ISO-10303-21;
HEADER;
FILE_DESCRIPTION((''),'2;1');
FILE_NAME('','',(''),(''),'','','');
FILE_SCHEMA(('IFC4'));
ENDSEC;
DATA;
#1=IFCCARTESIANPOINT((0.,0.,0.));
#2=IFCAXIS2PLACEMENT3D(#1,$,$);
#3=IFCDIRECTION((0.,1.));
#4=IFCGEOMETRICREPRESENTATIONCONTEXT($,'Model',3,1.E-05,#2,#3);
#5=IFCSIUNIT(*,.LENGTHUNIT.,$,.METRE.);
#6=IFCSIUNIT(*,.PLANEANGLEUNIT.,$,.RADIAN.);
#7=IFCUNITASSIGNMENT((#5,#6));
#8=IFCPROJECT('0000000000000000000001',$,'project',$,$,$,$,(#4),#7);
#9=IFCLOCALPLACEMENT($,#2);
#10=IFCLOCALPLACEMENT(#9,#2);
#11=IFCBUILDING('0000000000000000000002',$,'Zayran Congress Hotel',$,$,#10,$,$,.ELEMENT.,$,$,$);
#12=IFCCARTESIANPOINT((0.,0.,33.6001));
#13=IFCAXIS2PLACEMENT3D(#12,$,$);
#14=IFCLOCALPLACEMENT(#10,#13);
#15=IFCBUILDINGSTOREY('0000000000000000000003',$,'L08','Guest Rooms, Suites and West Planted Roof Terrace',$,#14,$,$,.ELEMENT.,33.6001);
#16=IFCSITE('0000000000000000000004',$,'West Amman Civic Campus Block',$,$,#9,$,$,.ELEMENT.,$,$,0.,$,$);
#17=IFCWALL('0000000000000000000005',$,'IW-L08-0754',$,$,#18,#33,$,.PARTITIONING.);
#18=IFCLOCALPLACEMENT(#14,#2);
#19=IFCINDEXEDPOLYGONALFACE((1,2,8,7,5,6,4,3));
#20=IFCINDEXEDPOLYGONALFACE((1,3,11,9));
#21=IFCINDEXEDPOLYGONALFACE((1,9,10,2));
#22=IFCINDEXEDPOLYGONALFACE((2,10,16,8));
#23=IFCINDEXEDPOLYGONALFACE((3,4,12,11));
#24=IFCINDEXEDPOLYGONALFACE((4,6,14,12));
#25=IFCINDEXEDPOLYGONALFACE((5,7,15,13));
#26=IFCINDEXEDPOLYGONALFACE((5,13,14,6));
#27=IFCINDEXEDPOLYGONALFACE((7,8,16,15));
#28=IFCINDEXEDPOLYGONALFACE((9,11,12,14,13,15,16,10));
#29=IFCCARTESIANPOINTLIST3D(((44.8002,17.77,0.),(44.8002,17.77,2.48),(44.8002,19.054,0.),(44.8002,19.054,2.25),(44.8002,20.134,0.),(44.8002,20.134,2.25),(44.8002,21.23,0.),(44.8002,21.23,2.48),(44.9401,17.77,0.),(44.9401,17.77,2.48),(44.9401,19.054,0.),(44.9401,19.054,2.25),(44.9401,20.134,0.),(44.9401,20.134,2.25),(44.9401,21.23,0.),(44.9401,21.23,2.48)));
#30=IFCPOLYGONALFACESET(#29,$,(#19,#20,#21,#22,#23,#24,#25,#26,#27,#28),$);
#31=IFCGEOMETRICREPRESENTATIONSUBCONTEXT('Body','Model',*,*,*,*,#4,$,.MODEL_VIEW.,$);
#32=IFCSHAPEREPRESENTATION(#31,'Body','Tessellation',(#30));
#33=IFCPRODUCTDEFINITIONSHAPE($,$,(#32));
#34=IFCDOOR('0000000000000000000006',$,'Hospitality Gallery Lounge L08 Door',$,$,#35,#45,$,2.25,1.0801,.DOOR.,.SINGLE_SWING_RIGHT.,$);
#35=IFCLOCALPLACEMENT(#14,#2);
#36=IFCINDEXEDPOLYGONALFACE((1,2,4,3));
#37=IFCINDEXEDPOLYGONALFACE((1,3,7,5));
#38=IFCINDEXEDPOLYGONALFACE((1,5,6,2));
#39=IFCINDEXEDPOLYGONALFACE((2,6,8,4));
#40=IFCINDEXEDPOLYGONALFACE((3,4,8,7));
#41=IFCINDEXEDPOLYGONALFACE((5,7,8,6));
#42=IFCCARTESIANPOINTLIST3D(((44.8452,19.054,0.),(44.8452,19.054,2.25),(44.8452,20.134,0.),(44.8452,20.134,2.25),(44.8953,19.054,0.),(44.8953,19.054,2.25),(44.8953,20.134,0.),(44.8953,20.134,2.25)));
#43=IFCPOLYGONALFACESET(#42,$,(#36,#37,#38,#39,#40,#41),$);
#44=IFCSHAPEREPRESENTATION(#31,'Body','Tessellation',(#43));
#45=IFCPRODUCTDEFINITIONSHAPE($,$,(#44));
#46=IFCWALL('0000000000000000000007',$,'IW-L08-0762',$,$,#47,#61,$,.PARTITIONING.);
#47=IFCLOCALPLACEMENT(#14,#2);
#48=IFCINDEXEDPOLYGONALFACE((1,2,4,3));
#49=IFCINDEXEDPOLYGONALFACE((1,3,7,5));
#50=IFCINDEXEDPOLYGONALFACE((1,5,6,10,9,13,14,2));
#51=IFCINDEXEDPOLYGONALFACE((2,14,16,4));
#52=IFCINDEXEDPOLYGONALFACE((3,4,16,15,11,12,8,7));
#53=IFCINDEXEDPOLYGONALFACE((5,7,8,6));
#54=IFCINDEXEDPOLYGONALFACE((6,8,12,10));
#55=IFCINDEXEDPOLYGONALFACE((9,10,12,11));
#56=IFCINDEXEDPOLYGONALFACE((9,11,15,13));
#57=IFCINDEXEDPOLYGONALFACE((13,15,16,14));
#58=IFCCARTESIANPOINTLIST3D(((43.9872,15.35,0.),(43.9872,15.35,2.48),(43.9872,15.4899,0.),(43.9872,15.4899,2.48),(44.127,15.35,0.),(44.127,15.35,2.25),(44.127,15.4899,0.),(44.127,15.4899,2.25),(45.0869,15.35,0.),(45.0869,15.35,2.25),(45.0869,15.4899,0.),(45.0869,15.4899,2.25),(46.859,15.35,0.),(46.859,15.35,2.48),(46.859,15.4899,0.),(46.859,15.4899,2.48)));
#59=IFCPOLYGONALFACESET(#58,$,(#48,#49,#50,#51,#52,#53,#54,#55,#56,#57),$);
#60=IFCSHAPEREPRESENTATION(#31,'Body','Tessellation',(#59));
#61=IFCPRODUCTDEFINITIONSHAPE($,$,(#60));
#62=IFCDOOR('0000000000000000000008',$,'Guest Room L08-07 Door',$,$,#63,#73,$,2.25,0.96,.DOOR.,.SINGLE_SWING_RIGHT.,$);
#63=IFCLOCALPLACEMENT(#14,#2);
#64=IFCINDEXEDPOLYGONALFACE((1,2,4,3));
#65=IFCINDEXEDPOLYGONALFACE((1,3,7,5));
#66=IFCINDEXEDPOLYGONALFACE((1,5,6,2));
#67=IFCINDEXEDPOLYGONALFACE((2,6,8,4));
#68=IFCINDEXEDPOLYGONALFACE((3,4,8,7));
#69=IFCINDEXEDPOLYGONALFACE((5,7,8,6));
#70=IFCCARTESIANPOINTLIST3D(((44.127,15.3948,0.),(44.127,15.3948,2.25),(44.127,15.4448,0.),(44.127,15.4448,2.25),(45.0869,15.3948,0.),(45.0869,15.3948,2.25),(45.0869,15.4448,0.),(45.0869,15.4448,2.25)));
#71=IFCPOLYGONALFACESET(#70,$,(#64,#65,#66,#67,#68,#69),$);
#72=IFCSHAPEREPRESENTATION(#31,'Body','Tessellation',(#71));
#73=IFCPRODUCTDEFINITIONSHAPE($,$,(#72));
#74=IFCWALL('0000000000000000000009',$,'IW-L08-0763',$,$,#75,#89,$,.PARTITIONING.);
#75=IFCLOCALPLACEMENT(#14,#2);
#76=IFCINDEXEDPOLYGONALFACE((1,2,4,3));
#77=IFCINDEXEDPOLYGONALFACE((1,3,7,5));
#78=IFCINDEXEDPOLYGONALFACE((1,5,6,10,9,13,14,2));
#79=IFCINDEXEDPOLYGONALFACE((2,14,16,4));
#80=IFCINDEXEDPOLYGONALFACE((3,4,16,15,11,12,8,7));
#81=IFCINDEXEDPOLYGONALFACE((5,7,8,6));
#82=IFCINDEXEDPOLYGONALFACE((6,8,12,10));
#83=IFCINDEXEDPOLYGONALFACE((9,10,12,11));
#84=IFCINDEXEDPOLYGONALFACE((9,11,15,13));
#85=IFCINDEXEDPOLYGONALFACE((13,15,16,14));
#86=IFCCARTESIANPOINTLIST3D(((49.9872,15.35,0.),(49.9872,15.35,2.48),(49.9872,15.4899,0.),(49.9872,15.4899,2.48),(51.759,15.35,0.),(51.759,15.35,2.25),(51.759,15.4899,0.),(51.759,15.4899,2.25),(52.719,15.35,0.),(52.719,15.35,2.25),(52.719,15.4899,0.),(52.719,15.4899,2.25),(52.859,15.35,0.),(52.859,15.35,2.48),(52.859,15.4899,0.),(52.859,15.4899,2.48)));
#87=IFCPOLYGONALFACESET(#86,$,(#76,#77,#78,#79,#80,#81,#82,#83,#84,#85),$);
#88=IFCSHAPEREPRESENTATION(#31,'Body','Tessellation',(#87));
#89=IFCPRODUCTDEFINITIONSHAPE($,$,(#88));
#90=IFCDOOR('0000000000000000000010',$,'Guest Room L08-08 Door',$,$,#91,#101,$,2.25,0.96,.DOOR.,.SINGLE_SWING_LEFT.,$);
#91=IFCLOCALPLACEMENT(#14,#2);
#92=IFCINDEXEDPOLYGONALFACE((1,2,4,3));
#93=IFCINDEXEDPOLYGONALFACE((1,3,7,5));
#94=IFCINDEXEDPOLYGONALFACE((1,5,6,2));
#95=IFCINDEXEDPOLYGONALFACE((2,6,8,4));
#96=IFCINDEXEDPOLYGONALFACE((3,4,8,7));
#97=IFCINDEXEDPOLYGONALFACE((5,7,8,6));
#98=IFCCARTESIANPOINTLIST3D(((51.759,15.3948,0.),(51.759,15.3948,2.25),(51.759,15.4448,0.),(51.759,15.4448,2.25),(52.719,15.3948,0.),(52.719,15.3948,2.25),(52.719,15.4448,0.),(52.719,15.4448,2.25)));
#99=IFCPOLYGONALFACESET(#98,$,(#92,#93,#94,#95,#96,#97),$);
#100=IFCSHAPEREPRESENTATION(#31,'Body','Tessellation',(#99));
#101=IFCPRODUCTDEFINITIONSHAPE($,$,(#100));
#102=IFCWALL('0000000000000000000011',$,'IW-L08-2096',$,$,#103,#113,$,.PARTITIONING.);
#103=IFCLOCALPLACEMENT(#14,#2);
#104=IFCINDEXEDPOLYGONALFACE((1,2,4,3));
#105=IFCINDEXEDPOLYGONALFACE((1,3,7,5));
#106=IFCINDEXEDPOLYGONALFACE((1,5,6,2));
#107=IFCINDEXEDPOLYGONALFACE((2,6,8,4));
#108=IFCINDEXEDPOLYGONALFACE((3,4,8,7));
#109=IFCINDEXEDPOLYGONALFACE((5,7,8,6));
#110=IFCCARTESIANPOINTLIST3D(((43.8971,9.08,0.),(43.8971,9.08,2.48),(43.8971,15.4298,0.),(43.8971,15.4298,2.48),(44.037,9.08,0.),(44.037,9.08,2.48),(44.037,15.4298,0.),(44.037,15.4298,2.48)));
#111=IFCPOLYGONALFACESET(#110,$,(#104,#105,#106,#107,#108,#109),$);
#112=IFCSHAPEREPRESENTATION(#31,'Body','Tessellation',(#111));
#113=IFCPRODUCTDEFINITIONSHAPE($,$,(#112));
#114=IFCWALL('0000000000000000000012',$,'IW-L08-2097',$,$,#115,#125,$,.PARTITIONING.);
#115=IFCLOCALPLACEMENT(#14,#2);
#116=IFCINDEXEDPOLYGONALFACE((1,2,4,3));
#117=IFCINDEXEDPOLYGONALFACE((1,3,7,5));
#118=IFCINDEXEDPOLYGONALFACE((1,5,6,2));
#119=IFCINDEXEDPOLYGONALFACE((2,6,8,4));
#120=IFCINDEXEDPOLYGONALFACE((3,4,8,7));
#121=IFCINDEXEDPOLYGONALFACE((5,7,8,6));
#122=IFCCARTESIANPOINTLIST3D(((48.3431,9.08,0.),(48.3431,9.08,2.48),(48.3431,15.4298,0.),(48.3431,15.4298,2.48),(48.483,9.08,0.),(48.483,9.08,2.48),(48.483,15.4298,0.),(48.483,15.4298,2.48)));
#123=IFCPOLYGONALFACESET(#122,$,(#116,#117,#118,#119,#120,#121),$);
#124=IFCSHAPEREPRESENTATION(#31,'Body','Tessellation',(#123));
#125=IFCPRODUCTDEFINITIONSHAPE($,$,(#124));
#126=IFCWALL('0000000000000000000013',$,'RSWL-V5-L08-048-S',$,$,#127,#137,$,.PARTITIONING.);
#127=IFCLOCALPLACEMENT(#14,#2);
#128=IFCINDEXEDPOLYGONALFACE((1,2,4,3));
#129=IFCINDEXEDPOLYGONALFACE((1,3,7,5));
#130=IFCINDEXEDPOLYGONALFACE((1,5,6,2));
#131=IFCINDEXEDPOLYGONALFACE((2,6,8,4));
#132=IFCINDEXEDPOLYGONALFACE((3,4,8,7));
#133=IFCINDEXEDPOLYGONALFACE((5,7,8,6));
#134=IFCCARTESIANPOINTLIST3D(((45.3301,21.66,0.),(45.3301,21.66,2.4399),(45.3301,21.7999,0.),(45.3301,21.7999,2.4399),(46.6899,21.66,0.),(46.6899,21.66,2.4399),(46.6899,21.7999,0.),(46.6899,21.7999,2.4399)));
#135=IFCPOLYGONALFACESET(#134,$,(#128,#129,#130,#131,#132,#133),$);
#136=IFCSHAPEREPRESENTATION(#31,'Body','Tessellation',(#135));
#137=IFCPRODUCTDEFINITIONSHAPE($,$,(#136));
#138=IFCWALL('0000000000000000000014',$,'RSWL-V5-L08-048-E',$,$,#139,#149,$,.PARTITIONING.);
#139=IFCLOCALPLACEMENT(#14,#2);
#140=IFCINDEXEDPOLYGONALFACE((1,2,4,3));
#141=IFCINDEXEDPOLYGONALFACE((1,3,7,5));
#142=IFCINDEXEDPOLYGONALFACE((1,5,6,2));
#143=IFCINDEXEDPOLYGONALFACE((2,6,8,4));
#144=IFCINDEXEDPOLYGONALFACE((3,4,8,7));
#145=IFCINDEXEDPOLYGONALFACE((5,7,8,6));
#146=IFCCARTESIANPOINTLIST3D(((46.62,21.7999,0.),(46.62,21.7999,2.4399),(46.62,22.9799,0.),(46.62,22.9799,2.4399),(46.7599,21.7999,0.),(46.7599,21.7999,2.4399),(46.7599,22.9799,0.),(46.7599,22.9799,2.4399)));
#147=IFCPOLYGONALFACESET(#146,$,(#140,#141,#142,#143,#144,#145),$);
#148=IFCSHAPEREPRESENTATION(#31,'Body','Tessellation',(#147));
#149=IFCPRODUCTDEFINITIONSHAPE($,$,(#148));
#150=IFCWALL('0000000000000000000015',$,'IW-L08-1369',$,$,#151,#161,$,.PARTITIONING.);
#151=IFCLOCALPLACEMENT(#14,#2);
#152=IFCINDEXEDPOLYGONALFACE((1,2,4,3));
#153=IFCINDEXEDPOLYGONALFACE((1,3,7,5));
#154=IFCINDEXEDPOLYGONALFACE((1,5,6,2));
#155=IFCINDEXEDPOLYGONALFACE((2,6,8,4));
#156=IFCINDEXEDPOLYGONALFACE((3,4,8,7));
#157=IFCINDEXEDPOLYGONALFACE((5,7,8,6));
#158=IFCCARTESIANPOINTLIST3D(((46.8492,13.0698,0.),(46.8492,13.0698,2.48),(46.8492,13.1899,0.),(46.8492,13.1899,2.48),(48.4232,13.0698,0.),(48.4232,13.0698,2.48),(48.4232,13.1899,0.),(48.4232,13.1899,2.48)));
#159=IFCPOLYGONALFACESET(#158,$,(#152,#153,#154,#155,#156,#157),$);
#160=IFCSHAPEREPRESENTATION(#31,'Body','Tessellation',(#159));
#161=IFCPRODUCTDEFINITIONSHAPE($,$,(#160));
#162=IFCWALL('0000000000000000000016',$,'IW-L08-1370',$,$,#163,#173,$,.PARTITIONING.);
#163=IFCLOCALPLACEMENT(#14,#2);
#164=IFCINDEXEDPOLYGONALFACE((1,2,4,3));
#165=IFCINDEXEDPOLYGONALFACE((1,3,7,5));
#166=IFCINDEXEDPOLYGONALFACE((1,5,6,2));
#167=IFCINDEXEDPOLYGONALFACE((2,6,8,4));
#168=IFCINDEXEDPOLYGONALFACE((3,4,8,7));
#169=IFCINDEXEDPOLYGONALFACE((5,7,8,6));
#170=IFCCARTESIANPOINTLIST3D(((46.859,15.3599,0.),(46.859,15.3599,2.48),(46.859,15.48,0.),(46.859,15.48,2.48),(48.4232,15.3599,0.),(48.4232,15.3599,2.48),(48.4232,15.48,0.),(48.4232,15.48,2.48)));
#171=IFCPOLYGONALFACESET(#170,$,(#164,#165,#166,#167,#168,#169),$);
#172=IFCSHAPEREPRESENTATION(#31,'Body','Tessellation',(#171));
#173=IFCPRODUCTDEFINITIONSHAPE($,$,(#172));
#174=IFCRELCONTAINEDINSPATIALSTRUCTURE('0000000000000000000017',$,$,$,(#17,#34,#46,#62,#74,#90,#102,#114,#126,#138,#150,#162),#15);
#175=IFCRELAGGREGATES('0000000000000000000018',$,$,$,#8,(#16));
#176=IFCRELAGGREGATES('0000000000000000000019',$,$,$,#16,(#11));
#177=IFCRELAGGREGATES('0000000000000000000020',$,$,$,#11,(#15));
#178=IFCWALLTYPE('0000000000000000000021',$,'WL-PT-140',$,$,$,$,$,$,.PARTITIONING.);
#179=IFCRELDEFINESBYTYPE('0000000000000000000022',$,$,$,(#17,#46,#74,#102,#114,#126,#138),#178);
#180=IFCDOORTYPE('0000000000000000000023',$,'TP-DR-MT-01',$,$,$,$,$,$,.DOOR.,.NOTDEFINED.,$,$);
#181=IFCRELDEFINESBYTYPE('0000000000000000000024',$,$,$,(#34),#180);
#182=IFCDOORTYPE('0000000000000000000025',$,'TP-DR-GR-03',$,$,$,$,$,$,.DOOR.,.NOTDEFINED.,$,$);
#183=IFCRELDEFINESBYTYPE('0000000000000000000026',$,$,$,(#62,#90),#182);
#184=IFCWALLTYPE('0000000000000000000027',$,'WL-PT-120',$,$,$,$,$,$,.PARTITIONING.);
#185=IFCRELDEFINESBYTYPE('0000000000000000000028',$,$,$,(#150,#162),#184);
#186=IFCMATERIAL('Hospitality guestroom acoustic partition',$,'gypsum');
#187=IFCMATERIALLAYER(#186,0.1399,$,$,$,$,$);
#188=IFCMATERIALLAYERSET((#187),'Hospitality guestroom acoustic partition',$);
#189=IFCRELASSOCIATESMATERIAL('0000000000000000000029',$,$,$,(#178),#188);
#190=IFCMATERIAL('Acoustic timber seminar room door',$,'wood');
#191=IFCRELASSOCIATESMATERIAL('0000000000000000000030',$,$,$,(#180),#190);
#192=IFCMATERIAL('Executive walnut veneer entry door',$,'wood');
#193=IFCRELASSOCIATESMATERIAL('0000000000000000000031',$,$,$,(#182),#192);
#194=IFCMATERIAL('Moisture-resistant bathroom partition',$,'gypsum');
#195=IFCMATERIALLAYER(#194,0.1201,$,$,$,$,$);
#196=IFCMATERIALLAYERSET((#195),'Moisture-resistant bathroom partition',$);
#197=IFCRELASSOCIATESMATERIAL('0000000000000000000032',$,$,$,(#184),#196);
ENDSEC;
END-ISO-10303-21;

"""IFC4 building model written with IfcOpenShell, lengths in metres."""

from ifc_helpers import new_model, si_unit, direction, frame, frame_2d, origin, place, context, subcontext, project, spatial, rectangle, extrude, material, layer, layer_set, type_object, element, fill, save


model = new_model("IFC4")

# Units and contexts
model_context = context("Model", 3, precision=1e-05, world=origin(), true_north=direction((0.0, 1.0)))
body_context = subcontext(model_context, "Body", "Model", "MODEL_VIEW")
ifc_project = project(units=[si_unit("LENGTHUNIT", "METRE"), si_unit("PLANEANGLEUNIT", "RADIAN")], contexts=[model_context])

# Site, building, storey
site_placement = place(None, origin())
site = spatial("IfcSite", under=ifc_project, at=site_placement, Name="West Amman Civic Campus Block", CompositionType="ELEMENT", RefElevation=0.0)
building_placement = place(site_placement, origin())
building = spatial("IfcBuilding", under=site, at=building_placement, Name="Zayran Congress Hotel", CompositionType="ELEMENT")
storey_placement = place(building_placement, frame((0.0, 0.0, 33.6001)))
storey = spatial("IfcBuildingStorey", under=building, at=storey_placement, Name="L08", Description="Guest Rooms, Suites and West Planted Roof Terrace", CompositionType="ELEMENT", Elevation=33.6001)

# Shared definitions
ifc_material_1 = material(Name="Hospitality guestroom acoustic partition", Category="gypsum")
ifc_layer_1 = layer(ifc_material_1, 0.1399)
ifc_layer_set_1 = layer_set([ifc_layer_1], Name="Hospitality guestroom acoustic partition")
wall_type_1 = type_object("IfcWallType", Name="WL-PT-140", PredefinedType="PARTITIONING", material=ifc_layer_set_1)

# Walls, openings, doors
wall_1_placement = place(storey_placement, frame((44.8701, 17.77, 0.0), z_axis=(0.0, 0.0, 1.0), x_axis=(0.0, 1.0, 0.0)))
wall_1 = element("IfcWall", 1, at=wall_1_placement, inside=storey, type_object=wall_type_1, Name="IW-L08-0754", PredefinedType="PARTITIONING", context=body_context, shape_type="SweptSolid", body=[
    extrude(rectangle(XDim=3.46, YDim=0.1399, at=frame_2d((1.73, 0.0))), origin(), (0.0, 0.0, 1.0), 2.48),
])
opening_1_placement = place(wall_1_placement, frame((1.2839, 0.0, 0.0)))
opening_1 = element("IfcOpeningElement", 2, at=opening_1_placement, cuts=wall_1, PredefinedType="OPENING", context=body_context, shape_type="SweptSolid", body=[
    extrude(rectangle(XDim=1.0801, YDim=2.25, at=frame_2d((0.54, 1.125))), frame((0.0, 0.0798, 0.0), z_axis=(0.0, -1.0, 0.0), x_axis=(1.0, 0.0, 0.0)), (0.0, 0.0, 1.0), 0.1599),
])
ifc_material_2 = material(Name="Acoustic timber seminar room door", Category="wood")
door_type_1 = type_object("IfcDoorType", Name="TP-DR-MT-01", OperationType="NOTDEFINED", PredefinedType="DOOR", material=ifc_material_2)
door_1_placement = place(opening_1_placement, origin())
door_1 = element("IfcDoor", 3, at=door_1_placement, inside=storey, type_object=door_type_1, Name="Hospitality Gallery Lounge L08 Door", OperationType="SINGLE_SWING_RIGHT", OverallHeight=2.25, OverallWidth=1.0801, PredefinedType="DOOR", context=body_context, shape_type="SweptSolid", body=[
    extrude(rectangle(XDim=1.0801, YDim=2.25, at=frame_2d((0.54, 1.125))), frame((0.0, 0.0249, 0.0), z_axis=(0.0, -1.0, 0.0), x_axis=(1.0, 0.0, 0.0)), (0.0, 0.0, 1.0), 0.05),
])
fill(opening_1, door_1)
wall_2_placement = place(storey_placement, frame((43.9871, 15.4199, 0.0), z_axis=(0.0, 0.0, 1.0), x_axis=(1.0, 0.0, 0.0)))
wall_2 = element("IfcWall", 4, at=wall_2_placement, inside=storey, type_object=wall_type_1, Name="IW-L08-0762", PredefinedType="PARTITIONING", context=body_context, shape_type="SweptSolid", body=[
    extrude(rectangle(XDim=2.8718, YDim=0.1399, at=frame_2d((1.436, 0.0))), origin(), (0.0, 0.0, 1.0), 2.48),
])
opening_2_placement = place(wall_2_placement, frame((0.1399, 0.0, 0.0)))
opening_2 = element("IfcOpeningElement", 5, at=opening_2_placement, cuts=wall_2, PredefinedType="OPENING", context=body_context, shape_type="SweptSolid", body=[
    extrude(rectangle(XDim=0.96, YDim=2.25, at=frame_2d((0.48, 1.125))), frame((0.0, 0.0798, 0.0), z_axis=(0.0, -1.0, 0.0), x_axis=(1.0, 0.0, 0.0)), (0.0, 0.0, 1.0), 0.1599),
])
ifc_material_3 = material(Name="Executive walnut veneer entry door", Category="wood")
door_type_2 = type_object("IfcDoorType", Name="TP-DR-GR-03", OperationType="NOTDEFINED", PredefinedType="DOOR", material=ifc_material_3)
door_2_placement = place(opening_2_placement, origin())
door_2 = element("IfcDoor", 6, at=door_2_placement, inside=storey, type_object=door_type_2, Name="Guest Room L08-07 Door", OperationType="SINGLE_SWING_RIGHT", OverallHeight=2.25, OverallWidth=0.96, PredefinedType="DOOR", context=body_context, shape_type="SweptSolid", body=[
    extrude(rectangle(XDim=0.96, YDim=2.25, at=frame_2d((0.48, 1.125))), frame((0.0, 0.0249, 0.0), z_axis=(0.0, -1.0, 0.0), x_axis=(1.0, 0.0, 0.0)), (0.0, 0.0, 1.0), 0.05),
])
fill(opening_2, door_2)
wall_3_placement = place(storey_placement, frame((49.9871, 15.4199, 0.0), z_axis=(0.0, 0.0, 1.0), x_axis=(1.0, 0.0, 0.0)))
wall_3 = element("IfcWall", 7, at=wall_3_placement, inside=storey, type_object=wall_type_1, Name="IW-L08-0763", PredefinedType="PARTITIONING", context=body_context, shape_type="SweptSolid", body=[
    extrude(rectangle(XDim=2.8718, YDim=0.1399, at=frame_2d((1.436, 0.0))), origin(), (0.0, 0.0, 1.0), 2.48),
])
opening_3_placement = place(wall_3_placement, frame((1.772, 0.0, 0.0)))
opening_3 = element("IfcOpeningElement", 8, at=opening_3_placement, cuts=wall_3, PredefinedType="OPENING", context=body_context, shape_type="SweptSolid", body=[
    extrude(rectangle(XDim=0.96, YDim=2.25, at=frame_2d((0.48, 1.125))), frame((0.0, 0.0798, 0.0), z_axis=(0.0, -1.0, 0.0), x_axis=(1.0, 0.0, 0.0)), (0.0, 0.0, 1.0), 0.1599),
])
door_3_placement = place(opening_3_placement, origin())
door_3 = element("IfcDoor", 9, at=door_3_placement, inside=storey, type_object=door_type_2, Name="Guest Room L08-08 Door", OperationType="SINGLE_SWING_LEFT", OverallHeight=2.25, OverallWidth=0.96, PredefinedType="DOOR", context=body_context, shape_type="SweptSolid", body=[
    extrude(rectangle(XDim=0.96, YDim=2.25, at=frame_2d((0.48, 1.125))), frame((0.0, 0.0249, 0.0), z_axis=(0.0, -1.0, 0.0), x_axis=(1.0, 0.0, 0.0)), (0.0, 0.0, 1.0), 0.05),
])
fill(opening_3, door_3)

# Walls
for number, where, z_axis, x_axis, name in (
    (10, (43.967, 9.0801, 0.0), (0.0, 0.0, 1.0), (0.0, 1.0, 0.0), "IW-L08-2096"),
    (11, (48.4131, 9.0801, 0.0), (0.0, 0.0, 1.0), (0.0, 1.0, 0.0), "IW-L08-2097"),
):
    element("IfcWall", number, at=place(storey_placement, frame(where, z_axis=z_axis, x_axis=x_axis)), inside=storey, type_object=wall_type_1, Name=name, PredefinedType="PARTITIONING", context=body_context, shape_type="SweptSolid", body=[
        extrude(rectangle(XDim=6.3499, YDim=0.1399, at=frame_2d((3.1748, 0.0))), origin(), (0.0, 0.0, 1.0), 2.48),
    ])
wall_4_placement = place(storey_placement, frame((45.3301, 21.73, 0.0), z_axis=(0.0, 0.0, 1.0), x_axis=(1.0, 0.0, 0.0)))
element("IfcWall", 12, at=wall_4_placement, inside=storey, type_object=wall_type_1, Name="RSWL-V5-L08-048-S", PredefinedType="PARTITIONING", context=body_context, shape_type="SweptSolid", body=[
    extrude(rectangle(XDim=1.3599, YDim=0.1399, at=frame_2d((0.6799, 0.0))), origin(), (0.0, 0.0, 1.0), 2.4399),
])
wall_5_placement = place(storey_placement, frame((46.6899, 21.8, 0.0), z_axis=(0.0, 0.0, 1.0), x_axis=(0.0, 1.0, 0.0)))
element("IfcWall", 13, at=wall_5_placement, inside=storey, type_object=wall_type_1, Name="RSWL-V5-L08-048-E", PredefinedType="PARTITIONING", context=body_context, shape_type="SweptSolid", body=[
    extrude(rectangle(XDim=1.1799, YDim=0.1399, at=frame_2d((0.5898, 0.0))), origin(), (0.0, 0.0, 1.0), 2.4399),
])

# Shared definitions
ifc_material_4 = material(Name="Moisture-resistant bathroom partition", Category="gypsum")
ifc_layer_2 = layer(ifc_material_4, 0.1201)
ifc_layer_set_2 = layer_set([ifc_layer_2], Name="Moisture-resistant bathroom partition")
wall_type_2 = type_object("IfcWallType", Name="WL-PT-120", PredefinedType="PARTITIONING", material=ifc_layer_set_2)

# Walls
wall_6_placement = place(storey_placement, frame((46.8491, 13.1299, 0.0), z_axis=(0.0, 0.0, 1.0), x_axis=(1.0, 0.0, 0.0)))
element("IfcWall", 14, at=wall_6_placement, inside=storey, type_object=wall_type_2, Name="IW-L08-1369", PredefinedType="PARTITIONING", context=body_context, shape_type="SweptSolid", body=[
    extrude(rectangle(XDim=1.574, YDim=0.1201, at=frame_2d((0.7871, 0.0))), origin(), (0.0, 0.0, 1.0), 2.48),
])
wall_7_placement = place(storey_placement, frame((46.8589, 15.4199, 0.0), z_axis=(0.0, 0.0, 1.0), x_axis=(1.0, 0.0, 0.0)))
element("IfcWall", 15, at=wall_7_placement, inside=storey, type_object=wall_type_2, Name="IW-L08-1370", PredefinedType="PARTITIONING", context=body_context, shape_type="SweptSolid", body=[
    extrude(rectangle(XDim=1.5642, YDim=0.1201, at=frame_2d((0.7822, 0.0))), origin(), (0.0, 0.0, 1.0), 2.48),
])

save(model, "model.ifc")
